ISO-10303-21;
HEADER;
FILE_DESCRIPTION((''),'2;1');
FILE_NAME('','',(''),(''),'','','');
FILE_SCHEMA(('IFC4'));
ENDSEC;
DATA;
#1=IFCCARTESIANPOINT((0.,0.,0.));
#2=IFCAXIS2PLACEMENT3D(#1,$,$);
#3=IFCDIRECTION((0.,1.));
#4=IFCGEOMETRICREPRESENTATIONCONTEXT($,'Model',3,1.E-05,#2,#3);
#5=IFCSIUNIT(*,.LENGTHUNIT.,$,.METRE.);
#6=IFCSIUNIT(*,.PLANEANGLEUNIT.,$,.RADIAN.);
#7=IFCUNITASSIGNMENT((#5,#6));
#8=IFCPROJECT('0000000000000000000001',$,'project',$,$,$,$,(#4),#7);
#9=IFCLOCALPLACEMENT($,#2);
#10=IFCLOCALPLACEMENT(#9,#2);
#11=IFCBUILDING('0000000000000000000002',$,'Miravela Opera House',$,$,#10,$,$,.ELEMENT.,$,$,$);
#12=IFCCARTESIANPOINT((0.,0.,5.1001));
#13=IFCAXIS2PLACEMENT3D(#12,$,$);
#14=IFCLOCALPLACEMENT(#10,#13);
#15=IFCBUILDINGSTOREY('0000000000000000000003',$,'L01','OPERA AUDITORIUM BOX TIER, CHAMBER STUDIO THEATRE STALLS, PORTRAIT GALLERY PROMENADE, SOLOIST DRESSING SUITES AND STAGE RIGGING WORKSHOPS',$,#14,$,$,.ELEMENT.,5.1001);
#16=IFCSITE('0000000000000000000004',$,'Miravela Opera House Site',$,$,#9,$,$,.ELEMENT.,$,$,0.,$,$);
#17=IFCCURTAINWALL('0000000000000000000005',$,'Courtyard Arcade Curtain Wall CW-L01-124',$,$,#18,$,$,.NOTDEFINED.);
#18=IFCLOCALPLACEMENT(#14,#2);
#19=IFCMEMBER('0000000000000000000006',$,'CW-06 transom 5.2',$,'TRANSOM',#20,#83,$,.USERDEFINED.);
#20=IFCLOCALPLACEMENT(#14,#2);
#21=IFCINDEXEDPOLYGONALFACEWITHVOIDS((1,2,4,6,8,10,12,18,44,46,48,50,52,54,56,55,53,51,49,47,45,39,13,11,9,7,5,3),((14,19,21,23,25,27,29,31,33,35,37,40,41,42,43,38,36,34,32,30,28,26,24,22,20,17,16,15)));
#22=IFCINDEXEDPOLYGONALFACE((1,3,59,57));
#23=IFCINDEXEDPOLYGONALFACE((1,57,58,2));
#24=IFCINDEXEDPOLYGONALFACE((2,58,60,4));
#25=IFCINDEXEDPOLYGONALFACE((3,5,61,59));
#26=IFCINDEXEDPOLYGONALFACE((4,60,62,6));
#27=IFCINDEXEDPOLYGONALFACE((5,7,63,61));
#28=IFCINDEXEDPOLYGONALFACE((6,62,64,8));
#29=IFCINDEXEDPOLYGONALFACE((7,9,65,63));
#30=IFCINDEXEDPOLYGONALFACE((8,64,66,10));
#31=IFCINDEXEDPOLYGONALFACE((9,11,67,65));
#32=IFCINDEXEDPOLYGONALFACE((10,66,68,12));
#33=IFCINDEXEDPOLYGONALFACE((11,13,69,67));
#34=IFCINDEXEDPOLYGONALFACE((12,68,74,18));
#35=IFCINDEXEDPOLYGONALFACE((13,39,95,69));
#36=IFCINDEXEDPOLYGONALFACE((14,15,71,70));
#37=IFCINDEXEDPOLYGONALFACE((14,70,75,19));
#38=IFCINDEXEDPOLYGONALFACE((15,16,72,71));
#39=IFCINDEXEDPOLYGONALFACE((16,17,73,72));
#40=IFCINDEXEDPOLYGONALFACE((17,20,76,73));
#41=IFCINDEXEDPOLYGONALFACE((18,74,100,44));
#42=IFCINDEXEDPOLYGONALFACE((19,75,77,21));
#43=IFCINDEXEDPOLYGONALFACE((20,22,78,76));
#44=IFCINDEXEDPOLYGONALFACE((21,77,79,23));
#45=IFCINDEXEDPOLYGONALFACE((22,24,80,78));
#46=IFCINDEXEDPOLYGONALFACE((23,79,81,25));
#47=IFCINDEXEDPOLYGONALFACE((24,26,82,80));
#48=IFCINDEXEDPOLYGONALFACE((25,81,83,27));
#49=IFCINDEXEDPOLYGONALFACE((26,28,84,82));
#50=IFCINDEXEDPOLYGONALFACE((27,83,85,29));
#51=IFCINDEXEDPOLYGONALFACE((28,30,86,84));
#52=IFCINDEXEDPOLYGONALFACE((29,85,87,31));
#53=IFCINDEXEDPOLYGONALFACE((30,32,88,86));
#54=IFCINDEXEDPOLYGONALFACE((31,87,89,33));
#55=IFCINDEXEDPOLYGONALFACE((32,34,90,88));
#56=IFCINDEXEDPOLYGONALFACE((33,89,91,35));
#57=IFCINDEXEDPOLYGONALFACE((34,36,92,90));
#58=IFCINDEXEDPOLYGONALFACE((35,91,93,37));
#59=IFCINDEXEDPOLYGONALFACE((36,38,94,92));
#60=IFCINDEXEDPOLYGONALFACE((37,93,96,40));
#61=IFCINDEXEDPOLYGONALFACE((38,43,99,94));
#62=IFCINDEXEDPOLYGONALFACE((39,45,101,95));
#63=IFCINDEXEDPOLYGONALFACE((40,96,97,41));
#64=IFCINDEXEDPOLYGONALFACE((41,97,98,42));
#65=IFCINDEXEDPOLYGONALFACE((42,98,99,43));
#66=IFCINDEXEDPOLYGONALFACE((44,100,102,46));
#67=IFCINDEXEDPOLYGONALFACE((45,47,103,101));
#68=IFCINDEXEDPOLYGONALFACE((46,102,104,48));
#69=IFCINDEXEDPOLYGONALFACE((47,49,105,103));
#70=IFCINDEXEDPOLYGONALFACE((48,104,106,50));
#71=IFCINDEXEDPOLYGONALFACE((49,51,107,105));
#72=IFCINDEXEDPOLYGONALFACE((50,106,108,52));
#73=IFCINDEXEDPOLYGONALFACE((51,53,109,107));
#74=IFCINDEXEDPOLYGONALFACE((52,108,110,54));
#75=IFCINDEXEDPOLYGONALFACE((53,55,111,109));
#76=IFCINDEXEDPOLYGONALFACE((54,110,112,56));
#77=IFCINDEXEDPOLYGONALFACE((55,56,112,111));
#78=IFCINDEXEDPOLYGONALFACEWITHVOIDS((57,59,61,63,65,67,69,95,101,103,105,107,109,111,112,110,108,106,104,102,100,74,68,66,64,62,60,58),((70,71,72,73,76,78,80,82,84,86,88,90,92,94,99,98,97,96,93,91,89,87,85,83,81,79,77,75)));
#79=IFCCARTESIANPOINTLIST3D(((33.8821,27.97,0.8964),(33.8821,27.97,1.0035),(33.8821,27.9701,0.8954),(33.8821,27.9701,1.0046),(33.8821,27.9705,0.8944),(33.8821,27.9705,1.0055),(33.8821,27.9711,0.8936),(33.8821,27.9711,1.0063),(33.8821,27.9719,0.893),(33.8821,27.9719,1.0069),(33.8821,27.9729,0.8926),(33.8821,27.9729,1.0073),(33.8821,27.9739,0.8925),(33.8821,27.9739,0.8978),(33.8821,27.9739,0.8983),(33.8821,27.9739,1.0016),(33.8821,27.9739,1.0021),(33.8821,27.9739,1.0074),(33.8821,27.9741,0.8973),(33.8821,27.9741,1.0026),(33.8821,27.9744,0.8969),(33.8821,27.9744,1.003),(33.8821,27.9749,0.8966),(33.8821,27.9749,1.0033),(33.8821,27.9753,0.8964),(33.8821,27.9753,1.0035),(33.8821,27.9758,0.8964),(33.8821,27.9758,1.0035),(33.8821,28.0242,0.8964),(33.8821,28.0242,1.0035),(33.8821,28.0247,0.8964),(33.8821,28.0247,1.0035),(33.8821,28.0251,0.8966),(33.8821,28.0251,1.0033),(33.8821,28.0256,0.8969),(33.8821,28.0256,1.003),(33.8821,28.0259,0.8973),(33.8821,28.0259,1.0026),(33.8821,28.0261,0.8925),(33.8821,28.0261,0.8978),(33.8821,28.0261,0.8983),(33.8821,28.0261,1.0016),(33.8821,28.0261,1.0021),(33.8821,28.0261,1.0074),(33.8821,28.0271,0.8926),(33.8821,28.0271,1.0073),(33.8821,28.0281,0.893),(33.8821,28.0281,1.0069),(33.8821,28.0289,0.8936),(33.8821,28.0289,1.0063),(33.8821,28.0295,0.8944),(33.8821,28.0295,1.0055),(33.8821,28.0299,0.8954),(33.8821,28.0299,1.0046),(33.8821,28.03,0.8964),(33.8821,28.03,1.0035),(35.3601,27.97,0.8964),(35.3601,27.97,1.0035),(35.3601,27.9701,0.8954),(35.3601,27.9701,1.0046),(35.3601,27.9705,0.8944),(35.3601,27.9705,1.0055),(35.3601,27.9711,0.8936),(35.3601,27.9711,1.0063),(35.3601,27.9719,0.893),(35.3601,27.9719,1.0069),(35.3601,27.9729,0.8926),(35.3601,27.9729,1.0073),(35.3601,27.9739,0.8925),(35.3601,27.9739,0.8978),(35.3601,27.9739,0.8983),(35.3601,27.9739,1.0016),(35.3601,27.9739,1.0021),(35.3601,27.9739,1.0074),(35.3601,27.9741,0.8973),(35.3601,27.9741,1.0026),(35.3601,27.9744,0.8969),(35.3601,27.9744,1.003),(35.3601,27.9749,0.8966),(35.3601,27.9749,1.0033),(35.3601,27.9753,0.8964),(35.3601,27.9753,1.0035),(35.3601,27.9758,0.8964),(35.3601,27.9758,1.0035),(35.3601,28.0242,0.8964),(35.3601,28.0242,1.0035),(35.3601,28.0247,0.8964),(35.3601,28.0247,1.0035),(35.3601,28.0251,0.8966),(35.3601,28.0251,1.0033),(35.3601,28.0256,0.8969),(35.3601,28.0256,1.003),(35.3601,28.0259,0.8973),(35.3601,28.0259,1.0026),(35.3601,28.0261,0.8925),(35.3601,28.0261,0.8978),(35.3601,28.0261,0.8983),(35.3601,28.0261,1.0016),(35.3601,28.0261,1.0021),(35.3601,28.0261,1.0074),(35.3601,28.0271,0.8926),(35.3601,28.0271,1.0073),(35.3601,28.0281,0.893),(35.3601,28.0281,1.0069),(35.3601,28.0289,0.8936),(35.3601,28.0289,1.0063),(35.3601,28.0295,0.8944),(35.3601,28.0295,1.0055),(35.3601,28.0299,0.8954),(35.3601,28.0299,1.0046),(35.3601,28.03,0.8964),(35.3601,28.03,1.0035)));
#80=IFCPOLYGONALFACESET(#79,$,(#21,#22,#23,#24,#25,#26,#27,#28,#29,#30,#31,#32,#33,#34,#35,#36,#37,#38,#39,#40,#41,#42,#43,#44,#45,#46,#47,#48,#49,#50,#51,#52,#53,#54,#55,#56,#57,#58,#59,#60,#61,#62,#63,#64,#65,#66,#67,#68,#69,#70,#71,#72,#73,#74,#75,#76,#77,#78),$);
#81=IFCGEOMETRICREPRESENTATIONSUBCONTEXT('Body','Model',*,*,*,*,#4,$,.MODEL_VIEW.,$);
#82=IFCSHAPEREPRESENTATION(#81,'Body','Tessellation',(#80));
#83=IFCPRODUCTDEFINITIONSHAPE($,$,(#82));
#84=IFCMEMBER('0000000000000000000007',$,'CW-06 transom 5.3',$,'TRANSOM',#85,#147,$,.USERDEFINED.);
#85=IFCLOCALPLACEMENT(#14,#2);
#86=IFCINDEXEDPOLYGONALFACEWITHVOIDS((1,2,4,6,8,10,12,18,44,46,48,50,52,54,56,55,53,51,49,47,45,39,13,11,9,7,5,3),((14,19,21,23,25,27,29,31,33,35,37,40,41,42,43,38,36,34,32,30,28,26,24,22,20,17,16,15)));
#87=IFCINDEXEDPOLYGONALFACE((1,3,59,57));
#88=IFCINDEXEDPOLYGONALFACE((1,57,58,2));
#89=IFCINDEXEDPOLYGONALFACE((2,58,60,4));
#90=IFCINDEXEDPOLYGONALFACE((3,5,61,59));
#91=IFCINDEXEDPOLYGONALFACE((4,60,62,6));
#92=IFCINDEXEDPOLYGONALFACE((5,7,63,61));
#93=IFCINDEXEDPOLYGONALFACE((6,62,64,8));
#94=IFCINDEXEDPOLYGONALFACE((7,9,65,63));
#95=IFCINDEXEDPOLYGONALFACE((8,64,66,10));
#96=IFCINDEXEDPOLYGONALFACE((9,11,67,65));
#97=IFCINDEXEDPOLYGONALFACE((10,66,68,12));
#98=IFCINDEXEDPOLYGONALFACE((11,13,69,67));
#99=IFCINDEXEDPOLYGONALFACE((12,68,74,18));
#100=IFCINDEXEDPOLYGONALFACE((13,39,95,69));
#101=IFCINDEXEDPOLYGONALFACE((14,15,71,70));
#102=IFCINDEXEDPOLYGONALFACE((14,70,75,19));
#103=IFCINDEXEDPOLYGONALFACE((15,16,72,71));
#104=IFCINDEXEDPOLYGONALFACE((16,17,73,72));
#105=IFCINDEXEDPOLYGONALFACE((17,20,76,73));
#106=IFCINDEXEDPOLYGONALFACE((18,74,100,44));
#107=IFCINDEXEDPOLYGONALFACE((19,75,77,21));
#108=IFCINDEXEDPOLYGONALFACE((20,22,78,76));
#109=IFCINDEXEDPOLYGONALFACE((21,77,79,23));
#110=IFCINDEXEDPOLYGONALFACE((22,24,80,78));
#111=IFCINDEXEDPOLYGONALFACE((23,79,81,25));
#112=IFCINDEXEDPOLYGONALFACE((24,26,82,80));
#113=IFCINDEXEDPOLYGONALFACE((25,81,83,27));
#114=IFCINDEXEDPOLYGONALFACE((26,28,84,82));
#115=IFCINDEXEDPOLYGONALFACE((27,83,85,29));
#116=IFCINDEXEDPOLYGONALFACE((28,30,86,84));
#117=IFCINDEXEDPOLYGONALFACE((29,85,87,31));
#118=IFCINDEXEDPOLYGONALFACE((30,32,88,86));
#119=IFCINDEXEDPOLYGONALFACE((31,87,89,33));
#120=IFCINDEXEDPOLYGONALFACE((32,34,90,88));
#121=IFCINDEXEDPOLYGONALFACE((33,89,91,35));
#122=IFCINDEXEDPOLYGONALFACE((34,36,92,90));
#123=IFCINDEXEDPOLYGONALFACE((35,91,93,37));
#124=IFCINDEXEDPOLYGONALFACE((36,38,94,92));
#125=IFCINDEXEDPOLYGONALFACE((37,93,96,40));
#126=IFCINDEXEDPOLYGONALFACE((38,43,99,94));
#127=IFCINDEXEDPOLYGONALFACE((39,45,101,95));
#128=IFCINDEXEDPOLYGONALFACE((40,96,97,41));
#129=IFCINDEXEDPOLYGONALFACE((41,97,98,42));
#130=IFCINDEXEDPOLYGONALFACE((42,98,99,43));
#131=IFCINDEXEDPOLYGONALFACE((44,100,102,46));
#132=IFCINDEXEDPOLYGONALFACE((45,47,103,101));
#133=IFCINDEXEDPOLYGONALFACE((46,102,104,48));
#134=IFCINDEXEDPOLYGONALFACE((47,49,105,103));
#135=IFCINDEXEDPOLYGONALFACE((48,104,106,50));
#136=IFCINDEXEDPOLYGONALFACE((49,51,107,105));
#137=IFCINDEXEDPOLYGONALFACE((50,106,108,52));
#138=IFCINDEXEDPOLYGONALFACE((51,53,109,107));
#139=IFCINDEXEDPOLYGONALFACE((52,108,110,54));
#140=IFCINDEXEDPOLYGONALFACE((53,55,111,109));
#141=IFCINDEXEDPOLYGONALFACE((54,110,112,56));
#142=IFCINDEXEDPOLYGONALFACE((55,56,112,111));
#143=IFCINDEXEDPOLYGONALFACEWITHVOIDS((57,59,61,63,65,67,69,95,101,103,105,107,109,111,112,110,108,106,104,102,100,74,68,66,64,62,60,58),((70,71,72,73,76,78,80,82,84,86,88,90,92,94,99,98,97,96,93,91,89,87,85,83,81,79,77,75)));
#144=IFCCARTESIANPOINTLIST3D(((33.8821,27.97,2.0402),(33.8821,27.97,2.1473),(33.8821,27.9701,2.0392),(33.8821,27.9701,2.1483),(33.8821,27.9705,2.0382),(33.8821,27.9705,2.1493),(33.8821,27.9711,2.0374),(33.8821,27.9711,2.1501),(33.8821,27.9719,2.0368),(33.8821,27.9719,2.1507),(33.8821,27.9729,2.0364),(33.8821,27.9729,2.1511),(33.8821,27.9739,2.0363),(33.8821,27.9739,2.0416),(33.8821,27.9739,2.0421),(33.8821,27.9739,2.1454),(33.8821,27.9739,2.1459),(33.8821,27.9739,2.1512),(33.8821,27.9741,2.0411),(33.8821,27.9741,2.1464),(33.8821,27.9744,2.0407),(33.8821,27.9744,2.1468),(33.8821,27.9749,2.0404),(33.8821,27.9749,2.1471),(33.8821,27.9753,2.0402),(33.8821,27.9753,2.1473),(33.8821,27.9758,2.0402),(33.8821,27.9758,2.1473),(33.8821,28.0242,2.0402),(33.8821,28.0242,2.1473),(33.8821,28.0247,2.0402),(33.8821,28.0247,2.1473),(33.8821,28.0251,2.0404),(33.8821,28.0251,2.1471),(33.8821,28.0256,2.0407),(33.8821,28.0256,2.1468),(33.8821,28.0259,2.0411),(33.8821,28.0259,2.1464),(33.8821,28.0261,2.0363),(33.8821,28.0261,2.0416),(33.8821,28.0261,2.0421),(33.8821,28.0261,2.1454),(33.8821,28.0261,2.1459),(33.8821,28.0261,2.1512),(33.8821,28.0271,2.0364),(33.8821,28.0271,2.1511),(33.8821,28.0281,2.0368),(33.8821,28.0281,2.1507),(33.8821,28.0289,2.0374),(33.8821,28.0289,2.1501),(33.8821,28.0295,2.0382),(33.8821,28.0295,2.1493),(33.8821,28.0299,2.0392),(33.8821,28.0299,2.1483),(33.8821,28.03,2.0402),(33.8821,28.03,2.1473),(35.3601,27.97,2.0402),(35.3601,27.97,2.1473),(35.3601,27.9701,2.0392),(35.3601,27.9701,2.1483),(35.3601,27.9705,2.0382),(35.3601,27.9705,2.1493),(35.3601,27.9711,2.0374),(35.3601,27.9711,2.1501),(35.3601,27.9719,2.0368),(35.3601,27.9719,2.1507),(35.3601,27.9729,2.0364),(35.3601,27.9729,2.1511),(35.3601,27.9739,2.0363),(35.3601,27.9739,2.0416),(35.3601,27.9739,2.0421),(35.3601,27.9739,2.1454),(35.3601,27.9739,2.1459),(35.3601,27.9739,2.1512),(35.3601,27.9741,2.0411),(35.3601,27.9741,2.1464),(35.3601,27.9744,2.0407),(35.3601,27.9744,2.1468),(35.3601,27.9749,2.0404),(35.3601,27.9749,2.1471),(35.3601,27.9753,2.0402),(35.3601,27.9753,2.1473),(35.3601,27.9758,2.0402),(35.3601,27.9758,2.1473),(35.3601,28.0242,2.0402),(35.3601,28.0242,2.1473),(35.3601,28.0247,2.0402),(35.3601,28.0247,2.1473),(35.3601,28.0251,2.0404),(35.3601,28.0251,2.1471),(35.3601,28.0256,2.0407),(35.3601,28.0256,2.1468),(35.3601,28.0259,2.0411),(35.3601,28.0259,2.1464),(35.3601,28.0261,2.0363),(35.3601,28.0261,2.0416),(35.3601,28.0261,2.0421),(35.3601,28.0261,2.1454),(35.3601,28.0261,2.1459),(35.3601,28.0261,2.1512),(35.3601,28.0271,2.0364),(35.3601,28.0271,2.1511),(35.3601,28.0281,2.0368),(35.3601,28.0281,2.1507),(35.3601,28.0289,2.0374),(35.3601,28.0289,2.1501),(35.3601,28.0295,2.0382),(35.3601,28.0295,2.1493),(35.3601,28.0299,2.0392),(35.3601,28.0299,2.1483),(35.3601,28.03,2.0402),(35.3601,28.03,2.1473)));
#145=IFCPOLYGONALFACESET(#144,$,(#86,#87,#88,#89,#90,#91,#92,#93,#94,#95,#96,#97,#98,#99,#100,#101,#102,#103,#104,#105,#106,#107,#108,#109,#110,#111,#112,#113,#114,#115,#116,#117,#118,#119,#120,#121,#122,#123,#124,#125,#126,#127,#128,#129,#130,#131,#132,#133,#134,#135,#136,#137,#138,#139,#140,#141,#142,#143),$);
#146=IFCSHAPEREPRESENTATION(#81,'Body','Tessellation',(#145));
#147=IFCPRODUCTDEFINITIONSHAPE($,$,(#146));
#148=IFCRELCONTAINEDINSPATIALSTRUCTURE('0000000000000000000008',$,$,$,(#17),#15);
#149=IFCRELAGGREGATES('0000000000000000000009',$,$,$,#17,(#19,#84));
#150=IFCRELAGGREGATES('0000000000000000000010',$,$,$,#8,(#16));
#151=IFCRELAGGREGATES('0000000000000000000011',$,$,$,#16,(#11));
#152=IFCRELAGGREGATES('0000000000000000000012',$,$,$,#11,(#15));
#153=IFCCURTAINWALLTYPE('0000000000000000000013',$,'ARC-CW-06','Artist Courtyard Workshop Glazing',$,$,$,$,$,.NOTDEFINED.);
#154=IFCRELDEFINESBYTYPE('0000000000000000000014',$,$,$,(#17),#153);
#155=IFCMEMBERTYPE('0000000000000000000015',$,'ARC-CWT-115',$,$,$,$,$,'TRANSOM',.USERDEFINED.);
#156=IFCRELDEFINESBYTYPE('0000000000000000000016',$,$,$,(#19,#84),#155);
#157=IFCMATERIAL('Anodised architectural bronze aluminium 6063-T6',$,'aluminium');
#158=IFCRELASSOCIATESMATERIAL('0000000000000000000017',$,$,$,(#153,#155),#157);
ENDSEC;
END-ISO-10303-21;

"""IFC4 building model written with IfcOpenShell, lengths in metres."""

from ifc_helpers import new_model, si_unit, direction, frame, origin, origin_2d, place, context, subcontext, project, spatial, hollow_rectangle, extrude, material, material_profile, profile_set, type_object, element, aggregate, save


model = new_model("IFC4")

# Units and contexts
model_context = context("Model", 3, precision=1e-05, world=origin(), true_north=direction((0.0, 1.0)))
body_context = subcontext(model_context, "Body", "Model", "MODEL_VIEW")
ifc_project = project(units=[si_unit("LENGTHUNIT", "METRE"), si_unit("PLANEANGLEUNIT", "RADIAN")], contexts=[model_context])

# Site, building, storey
site_placement = place(None, origin())
site = spatial("IfcSite", under=ifc_project, at=site_placement, Name="Miravela Opera House Site", CompositionType="ELEMENT", RefElevation=0.0)
building_placement = place(site_placement, origin())
building = spatial("IfcBuilding", under=site, at=building_placement, Name="Miravela Opera House", CompositionType="ELEMENT")
storey_placement = place(building_placement, frame((0.0, 0.0, 5.1001)))
storey = spatial("IfcBuildingStorey", under=building, at=storey_placement, Name="L01", Description="OPERA AUDITORIUM BOX TIER, CHAMBER STUDIO THEATRE STALLS, PORTRAIT GALLERY PROMENADE, SOLOIST DRESSING SUITES AND STAGE RIGGING WORKSHOPS", CompositionType="ELEMENT", Elevation=5.1001)

# Curtain wall, members
ifc_material_1 = material(Name="Anodised architectural bronze aluminium 6063-T6", Category="aluminium")
curtain_wall_type = type_object("IfcCurtainWallType", Name="ARC-CW-06", Description="Artist Courtyard Workshop Glazing", PredefinedType="NOTDEFINED", material=ifc_material_1)
curtain_wall_placement = place(storey_placement, origin())
curtain_wall = element("IfcCurtainWall", 1, at=curtain_wall_placement, inside=storey, type_object=curtain_wall_type, Name="Courtyard Arcade Curtain Wall CW-L01-124", PredefinedType="NOTDEFINED")
ifc_material_profile_1 = material_profile(ifc_material_1, hollow_rectangle(XDim=0.0601, YDim=0.115, WallThickness=0.0039, InnerFilletRadius=0.002, OuterFilletRadius=0.0039, at=origin_2d()), Name="CWT-60X115")
ifc_profile_set_1 = profile_set([ifc_material_profile_1])
member_type_1 = type_object("IfcMemberType", Name="ARC-CWT-115", ElementType="TRANSOM", PredefinedType="USERDEFINED", material=ifc_profile_set_1)
member_1_placement = place(storey_placement, frame((33.8821, 28.0, 0.95), z_axis=(1.0, 0.0, 0.0), x_axis=(0.0, 1.0, 0.0)))
member_1 = element("IfcMember", 2, at=member_1_placement, type_object=member_type_1, Name="CW-06 transom 5.2", ObjectType="TRANSOM", PredefinedType="USERDEFINED", context=body_context, shape_type="SweptSolid", body=[
    extrude(hollow_rectangle(XDim=0.0601, YDim=0.115, WallThickness=0.0039, InnerFilletRadius=0.002, OuterFilletRadius=0.0039, at=origin_2d()), origin(), (0.0, 0.0, 1.0), 1.478),
])
member_2_placement = place(storey_placement, frame((33.8821, 28.0, 2.0938), z_axis=(1.0, 0.0, 0.0), x_axis=(0.0, 1.0, 0.0)))
member_2 = element("IfcMember", 3, at=member_2_placement, type_object=member_type_1, Name="CW-06 transom 5.3", ObjectType="TRANSOM", PredefinedType="USERDEFINED", context=body_context, shape_type="SweptSolid", body=[
    extrude(hollow_rectangle(XDim=0.0601, YDim=0.115, WallThickness=0.0039, InnerFilletRadius=0.002, OuterFilletRadius=0.0039, at=origin_2d()), origin(), (0.0, 0.0, 1.0), 1.478),
])
aggregate(curtain_wall, [member_1, member_2])

save(model, "model.ifc")
